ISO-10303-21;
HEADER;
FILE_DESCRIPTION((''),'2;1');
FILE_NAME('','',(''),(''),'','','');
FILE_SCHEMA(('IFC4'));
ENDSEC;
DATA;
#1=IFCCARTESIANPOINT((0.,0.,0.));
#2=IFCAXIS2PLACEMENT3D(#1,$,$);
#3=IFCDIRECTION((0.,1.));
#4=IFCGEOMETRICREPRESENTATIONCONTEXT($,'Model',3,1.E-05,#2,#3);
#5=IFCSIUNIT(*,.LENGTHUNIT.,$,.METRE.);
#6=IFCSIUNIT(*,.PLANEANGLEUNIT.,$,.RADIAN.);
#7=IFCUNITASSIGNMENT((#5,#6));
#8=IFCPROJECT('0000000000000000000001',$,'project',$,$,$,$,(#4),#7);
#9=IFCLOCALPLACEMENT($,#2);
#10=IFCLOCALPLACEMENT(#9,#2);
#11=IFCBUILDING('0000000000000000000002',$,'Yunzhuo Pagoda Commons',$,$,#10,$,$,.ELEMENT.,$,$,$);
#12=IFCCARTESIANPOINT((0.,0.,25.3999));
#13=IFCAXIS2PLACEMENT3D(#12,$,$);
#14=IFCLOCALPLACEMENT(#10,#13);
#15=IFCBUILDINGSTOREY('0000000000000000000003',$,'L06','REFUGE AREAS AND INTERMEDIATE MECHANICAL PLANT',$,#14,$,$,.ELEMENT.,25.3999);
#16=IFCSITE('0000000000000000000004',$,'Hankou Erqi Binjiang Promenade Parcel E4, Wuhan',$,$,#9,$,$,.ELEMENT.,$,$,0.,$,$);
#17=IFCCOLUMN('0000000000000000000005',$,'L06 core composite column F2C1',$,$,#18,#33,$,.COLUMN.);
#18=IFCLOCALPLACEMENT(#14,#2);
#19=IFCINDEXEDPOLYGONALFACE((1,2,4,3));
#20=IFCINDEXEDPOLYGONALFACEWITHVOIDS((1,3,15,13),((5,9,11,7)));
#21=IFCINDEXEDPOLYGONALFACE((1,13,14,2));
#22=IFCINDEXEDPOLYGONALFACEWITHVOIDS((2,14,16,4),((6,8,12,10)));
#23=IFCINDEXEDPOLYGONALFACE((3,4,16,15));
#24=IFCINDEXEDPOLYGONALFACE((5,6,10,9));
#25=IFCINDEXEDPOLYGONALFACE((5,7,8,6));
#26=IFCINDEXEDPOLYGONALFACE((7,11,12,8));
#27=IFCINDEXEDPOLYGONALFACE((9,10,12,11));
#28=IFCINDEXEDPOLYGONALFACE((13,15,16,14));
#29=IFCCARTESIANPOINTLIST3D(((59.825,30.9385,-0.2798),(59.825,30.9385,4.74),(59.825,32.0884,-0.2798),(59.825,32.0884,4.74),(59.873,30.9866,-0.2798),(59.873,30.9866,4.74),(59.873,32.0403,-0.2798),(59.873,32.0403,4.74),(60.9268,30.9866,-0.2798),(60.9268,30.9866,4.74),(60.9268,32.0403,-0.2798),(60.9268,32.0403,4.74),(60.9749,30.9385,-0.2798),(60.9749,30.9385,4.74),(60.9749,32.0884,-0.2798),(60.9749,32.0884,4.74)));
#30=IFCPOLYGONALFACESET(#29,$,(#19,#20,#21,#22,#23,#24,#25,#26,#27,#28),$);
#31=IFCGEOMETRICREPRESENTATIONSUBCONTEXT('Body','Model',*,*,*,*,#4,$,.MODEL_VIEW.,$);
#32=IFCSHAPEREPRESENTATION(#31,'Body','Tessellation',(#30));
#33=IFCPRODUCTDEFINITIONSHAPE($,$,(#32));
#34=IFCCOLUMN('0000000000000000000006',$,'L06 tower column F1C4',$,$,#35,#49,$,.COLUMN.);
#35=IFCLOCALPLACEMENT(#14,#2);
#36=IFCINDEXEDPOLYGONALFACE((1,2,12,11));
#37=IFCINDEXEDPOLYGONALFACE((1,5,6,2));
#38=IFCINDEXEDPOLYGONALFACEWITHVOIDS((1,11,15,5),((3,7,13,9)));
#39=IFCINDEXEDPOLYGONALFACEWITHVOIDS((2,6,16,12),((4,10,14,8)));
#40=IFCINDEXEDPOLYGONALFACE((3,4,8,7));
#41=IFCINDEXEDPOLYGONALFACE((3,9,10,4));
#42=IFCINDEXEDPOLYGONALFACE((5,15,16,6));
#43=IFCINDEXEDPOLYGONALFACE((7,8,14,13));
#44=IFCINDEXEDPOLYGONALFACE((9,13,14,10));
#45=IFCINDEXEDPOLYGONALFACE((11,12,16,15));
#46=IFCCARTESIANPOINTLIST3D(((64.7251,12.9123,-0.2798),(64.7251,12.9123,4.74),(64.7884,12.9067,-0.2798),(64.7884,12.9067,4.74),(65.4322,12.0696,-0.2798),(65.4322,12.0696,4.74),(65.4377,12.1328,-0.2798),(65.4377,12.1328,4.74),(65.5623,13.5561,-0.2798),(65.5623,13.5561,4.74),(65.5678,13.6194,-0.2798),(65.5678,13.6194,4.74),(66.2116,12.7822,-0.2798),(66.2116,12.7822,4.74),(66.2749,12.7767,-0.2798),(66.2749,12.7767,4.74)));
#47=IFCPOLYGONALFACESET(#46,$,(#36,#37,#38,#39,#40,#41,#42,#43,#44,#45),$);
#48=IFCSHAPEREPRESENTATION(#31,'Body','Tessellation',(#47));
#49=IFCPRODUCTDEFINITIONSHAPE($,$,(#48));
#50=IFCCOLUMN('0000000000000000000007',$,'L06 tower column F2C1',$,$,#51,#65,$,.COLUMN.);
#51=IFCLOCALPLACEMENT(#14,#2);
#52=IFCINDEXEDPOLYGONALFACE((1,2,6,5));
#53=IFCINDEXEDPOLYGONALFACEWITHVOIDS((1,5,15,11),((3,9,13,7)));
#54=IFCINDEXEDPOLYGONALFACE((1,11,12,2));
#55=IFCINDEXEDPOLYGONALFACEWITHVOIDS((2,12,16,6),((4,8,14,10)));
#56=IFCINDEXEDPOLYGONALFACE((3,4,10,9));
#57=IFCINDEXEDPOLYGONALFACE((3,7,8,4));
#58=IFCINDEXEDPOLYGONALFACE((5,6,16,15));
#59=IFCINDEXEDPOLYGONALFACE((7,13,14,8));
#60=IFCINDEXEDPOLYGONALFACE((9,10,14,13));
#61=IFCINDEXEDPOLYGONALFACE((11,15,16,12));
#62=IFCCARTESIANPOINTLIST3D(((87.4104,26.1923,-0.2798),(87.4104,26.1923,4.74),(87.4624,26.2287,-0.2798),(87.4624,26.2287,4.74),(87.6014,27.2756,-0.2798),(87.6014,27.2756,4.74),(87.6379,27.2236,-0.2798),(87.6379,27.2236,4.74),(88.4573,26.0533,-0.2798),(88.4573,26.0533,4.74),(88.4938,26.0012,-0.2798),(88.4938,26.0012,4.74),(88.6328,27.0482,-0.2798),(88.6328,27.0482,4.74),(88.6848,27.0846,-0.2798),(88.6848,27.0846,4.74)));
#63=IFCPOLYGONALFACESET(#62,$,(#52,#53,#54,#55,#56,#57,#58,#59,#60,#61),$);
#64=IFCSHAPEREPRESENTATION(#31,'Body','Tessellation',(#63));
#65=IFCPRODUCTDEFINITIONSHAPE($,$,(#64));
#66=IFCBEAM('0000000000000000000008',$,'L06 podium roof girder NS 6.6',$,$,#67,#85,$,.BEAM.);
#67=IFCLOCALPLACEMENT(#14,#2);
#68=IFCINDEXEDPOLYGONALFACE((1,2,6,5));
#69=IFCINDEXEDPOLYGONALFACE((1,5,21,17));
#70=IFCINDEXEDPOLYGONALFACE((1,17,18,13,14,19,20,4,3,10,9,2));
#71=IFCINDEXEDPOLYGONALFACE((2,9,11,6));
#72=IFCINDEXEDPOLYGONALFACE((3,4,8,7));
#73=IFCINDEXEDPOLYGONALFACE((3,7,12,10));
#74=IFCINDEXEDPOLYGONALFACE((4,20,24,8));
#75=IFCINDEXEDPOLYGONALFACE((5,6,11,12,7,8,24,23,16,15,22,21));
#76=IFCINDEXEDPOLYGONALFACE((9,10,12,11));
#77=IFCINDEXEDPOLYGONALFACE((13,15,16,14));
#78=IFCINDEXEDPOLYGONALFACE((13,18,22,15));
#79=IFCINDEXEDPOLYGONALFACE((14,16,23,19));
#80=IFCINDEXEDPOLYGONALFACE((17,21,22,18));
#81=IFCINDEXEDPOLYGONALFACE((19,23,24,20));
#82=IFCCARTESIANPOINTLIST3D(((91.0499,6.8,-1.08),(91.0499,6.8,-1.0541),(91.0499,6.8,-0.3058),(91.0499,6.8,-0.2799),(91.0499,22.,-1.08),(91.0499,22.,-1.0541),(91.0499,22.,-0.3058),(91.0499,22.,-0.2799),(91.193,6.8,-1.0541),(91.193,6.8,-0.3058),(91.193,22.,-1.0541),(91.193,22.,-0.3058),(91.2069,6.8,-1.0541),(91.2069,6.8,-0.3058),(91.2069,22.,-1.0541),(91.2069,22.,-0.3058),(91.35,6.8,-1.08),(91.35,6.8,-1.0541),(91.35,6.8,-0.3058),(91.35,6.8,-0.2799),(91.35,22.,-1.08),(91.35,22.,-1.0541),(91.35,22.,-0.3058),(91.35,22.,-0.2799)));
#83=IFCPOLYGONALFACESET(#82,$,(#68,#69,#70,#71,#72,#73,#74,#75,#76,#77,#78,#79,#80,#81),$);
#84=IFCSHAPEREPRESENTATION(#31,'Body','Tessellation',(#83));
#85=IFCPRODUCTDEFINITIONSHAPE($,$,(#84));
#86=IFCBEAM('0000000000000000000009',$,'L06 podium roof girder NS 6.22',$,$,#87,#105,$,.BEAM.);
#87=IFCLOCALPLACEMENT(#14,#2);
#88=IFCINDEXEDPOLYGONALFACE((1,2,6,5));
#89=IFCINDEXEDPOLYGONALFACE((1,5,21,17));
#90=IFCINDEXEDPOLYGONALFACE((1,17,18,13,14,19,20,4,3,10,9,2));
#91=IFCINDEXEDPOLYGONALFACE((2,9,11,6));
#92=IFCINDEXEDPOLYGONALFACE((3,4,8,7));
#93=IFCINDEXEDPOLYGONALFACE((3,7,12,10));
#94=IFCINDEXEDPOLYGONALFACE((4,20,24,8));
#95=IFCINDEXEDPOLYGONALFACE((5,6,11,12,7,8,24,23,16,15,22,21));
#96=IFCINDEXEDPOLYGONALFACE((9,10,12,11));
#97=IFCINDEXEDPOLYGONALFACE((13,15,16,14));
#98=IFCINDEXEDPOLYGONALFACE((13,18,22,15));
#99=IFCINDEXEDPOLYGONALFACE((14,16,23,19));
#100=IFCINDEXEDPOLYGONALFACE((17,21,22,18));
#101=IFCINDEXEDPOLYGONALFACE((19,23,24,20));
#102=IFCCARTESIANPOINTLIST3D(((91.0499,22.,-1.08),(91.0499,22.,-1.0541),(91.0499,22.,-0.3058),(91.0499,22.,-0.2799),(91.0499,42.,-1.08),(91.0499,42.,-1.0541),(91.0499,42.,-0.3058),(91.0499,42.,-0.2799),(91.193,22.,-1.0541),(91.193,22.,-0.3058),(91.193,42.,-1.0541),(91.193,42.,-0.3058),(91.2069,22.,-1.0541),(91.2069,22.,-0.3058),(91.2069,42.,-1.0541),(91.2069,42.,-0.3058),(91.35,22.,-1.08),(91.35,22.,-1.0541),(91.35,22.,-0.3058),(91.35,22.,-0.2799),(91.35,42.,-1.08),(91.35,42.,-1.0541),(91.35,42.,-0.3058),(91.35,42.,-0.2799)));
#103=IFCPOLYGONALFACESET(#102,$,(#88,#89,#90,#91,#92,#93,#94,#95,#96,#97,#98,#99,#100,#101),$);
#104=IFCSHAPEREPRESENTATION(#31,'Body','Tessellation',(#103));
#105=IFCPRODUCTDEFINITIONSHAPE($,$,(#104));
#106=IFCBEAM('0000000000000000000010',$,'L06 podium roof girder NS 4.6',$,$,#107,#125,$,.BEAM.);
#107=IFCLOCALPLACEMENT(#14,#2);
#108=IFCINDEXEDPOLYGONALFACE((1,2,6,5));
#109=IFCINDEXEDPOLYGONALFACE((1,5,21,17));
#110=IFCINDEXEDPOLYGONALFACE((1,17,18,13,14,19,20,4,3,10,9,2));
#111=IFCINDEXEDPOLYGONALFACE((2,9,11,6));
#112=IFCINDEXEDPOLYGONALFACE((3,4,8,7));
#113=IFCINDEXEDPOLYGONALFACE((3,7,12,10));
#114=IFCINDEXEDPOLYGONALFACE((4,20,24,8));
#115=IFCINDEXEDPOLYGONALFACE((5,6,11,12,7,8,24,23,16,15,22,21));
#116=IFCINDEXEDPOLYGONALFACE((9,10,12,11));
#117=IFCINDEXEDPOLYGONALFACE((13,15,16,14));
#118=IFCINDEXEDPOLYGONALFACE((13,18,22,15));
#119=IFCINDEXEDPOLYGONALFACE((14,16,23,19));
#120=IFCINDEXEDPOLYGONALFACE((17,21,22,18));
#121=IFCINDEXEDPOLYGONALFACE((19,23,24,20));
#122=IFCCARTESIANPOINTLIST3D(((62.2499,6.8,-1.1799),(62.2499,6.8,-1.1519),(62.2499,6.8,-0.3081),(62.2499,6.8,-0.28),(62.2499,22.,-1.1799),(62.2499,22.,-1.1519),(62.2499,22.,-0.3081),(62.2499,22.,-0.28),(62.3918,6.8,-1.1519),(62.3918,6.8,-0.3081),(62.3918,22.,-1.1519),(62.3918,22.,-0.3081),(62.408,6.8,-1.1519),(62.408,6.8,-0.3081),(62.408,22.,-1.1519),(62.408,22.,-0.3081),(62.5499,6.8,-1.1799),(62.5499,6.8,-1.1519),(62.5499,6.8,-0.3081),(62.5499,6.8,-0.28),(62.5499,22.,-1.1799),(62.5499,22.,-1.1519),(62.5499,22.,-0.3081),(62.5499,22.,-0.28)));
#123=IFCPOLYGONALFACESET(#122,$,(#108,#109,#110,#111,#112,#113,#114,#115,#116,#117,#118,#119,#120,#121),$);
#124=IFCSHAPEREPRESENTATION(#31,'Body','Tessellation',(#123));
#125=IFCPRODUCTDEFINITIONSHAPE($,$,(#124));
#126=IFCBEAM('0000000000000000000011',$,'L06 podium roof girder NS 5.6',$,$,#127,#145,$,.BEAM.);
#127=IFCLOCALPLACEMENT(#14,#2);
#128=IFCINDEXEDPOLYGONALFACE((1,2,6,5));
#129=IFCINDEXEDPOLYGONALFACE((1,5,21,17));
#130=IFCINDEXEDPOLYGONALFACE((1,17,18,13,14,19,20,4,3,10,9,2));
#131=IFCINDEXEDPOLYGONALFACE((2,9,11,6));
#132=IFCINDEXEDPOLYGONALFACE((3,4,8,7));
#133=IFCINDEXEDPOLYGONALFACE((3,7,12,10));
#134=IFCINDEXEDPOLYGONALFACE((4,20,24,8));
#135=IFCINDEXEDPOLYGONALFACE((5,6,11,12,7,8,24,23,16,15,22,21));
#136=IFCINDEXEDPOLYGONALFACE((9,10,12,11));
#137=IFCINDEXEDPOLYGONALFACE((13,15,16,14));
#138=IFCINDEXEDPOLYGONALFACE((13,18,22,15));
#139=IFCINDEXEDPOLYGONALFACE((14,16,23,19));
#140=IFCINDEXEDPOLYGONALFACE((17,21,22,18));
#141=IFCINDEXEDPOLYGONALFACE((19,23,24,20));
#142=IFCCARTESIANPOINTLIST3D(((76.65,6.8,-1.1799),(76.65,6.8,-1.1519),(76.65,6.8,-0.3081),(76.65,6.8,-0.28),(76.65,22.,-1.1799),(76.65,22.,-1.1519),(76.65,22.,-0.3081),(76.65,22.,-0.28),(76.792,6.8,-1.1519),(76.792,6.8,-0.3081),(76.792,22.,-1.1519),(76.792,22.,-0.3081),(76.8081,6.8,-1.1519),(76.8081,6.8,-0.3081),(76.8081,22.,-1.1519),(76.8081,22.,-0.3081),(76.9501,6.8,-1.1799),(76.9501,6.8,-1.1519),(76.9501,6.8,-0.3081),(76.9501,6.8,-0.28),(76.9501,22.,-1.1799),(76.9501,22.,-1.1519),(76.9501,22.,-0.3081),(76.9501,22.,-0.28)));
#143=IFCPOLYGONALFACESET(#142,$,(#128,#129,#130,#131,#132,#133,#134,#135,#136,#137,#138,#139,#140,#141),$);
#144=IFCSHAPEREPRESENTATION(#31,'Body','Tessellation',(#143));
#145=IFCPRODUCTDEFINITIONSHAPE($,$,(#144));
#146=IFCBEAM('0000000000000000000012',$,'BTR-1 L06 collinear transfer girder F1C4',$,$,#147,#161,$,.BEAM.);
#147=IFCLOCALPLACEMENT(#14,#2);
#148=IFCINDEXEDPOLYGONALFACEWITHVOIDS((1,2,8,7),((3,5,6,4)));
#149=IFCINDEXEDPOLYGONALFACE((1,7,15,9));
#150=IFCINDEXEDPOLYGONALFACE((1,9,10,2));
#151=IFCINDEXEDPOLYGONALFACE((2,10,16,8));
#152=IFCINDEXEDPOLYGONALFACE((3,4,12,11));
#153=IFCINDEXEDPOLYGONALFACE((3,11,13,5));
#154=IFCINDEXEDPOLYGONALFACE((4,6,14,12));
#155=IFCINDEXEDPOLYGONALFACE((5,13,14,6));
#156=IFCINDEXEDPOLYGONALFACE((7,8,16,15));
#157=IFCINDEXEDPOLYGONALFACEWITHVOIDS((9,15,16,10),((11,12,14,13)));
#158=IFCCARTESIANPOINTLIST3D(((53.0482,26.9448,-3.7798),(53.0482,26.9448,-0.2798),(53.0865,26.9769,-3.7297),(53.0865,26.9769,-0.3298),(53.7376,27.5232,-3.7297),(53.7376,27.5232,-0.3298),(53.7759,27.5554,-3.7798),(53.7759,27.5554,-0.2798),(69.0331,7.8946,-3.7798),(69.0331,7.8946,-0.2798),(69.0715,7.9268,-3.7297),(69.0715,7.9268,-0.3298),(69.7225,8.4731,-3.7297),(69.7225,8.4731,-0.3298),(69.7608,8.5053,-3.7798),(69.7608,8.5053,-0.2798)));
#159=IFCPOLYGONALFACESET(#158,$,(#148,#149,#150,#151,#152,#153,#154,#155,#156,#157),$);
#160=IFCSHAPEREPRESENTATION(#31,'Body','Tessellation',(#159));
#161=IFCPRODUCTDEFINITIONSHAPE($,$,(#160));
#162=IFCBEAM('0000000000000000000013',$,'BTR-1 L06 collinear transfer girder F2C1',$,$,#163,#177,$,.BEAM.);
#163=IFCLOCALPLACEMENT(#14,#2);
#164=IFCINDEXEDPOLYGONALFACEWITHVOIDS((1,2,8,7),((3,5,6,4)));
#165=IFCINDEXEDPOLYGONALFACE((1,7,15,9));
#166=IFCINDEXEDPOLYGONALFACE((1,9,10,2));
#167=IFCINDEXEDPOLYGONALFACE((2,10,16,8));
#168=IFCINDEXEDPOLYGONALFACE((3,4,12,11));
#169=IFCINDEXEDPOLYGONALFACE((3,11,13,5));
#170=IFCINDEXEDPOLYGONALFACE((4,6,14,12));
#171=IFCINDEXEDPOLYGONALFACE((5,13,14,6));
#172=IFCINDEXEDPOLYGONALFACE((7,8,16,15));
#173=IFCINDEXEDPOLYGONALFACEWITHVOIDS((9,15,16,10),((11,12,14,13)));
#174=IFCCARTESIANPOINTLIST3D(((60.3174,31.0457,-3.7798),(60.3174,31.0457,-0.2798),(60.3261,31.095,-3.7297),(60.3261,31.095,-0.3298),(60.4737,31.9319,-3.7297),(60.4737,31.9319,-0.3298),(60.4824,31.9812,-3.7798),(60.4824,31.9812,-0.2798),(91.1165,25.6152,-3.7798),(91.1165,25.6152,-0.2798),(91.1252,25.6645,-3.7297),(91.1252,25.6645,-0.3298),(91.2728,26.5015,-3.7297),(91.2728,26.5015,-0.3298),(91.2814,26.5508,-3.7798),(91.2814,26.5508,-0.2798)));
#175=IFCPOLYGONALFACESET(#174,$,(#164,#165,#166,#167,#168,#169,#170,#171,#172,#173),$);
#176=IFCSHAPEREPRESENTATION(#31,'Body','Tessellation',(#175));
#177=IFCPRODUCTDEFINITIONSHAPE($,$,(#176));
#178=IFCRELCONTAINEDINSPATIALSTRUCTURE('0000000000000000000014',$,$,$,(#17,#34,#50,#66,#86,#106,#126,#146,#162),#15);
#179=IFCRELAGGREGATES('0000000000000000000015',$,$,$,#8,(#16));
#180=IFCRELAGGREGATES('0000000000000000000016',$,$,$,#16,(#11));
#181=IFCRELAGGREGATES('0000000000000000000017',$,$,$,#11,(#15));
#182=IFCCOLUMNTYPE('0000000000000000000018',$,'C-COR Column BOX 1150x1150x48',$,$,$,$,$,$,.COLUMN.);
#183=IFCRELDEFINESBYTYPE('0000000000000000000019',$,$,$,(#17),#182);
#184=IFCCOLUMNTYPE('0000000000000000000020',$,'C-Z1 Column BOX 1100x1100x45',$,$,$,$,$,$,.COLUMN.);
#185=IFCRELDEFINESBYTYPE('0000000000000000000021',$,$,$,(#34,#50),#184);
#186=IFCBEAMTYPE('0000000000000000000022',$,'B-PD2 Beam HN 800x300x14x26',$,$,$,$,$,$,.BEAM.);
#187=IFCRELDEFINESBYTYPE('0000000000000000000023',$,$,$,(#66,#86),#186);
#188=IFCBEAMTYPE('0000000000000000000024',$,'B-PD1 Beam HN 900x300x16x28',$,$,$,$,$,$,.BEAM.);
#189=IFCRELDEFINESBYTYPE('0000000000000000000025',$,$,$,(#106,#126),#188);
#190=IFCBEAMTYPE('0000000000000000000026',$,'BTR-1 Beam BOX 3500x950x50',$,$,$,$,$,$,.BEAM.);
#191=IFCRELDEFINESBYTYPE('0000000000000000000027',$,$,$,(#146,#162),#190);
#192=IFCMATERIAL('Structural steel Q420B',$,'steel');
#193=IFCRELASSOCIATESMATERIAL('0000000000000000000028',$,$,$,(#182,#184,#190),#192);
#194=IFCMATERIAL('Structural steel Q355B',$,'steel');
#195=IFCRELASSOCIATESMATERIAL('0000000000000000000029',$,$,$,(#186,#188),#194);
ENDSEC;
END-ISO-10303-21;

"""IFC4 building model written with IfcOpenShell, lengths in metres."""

from ifc_helpers import new_model, si_unit, direction, frame, origin, origin_2d, place, context, subcontext, project, spatial, hollow_rectangle, i_section, extrude, source, transform, mapped, material, material_profile, profile_set, type_object, element, save


model = new_model("IFC4")

# Units and contexts
model_context = context("Model", 3, precision=1e-05, world=origin(), true_north=direction((0.0, 1.0)))
body_context = subcontext(model_context, "Body", "Model", "MODEL_VIEW")
ifc_project = project(units=[si_unit("LENGTHUNIT", "METRE"), si_unit("PLANEANGLEUNIT", "RADIAN")], contexts=[model_context])

# Site, building, storey
site_placement = place(None, origin())
site = spatial("IfcSite", under=ifc_project, at=site_placement, Name="Hankou Erqi Binjiang Promenade Parcel E4, Wuhan", CompositionType="ELEMENT", RefElevation=0.0)
building_placement = place(site_placement, origin())
building = spatial("IfcBuilding", under=site, at=building_placement, Name="Yunzhuo Pagoda Commons", CompositionType="ELEMENT")
storey_placement = place(building_placement, frame((0.0, 0.0, 25.3999)))
storey = spatial("IfcBuildingStorey", under=building, at=storey_placement, Name="L06", Description="REFUGE AREAS AND INTERMEDIATE MECHANICAL PLANT", CompositionType="ELEMENT", Elevation=25.3999)

# Columns
ifc_material_1 = material(Name="Structural steel Q420B", Category="steel")
ifc_material_profile_1 = material_profile(ifc_material_1, hollow_rectangle(XDim=1.1499, YDim=1.1499, WallThickness=0.0481, at=origin_2d()), Name="Structural steel Q420B")
ifc_profile_set_1 = profile_set([ifc_material_profile_1], Name="Structural steel Q420B")
column_type_1 = type_object("IfcColumnType", Name="C-COR Column BOX 1150x1150x48", PredefinedType="COLUMN", material=ifc_profile_set_1)
shared_shape_1 = source(origin(), body_context, "Body", "SweptSolid", [
    extrude(hollow_rectangle(XDim=1.1499, YDim=1.1499, WallThickness=0.0481, at=origin_2d()), origin(), (0.0, 0.0, 1.0), 5.0198),
])
column_placement = place(storey_placement, frame((60.3999, 31.5134, -0.2798), z_axis=(0.0, 0.0, 1.0), x_axis=(1.0, 0.0, 0.0)))
element("IfcColumn", 1, at=column_placement, inside=storey, type_object=column_type_1, Name="L06 core composite column F2C1", PredefinedType="COLUMN", context=body_context, shape_type="MappedRepresentation", body=[
    mapped(shared_shape_1, transform((0.0, 0.0, 0.0), scale=1.0)),
])
ifc_material_profile_2 = material_profile(ifc_material_1, hollow_rectangle(XDim=1.1001, YDim=1.1001, WallThickness=0.0449, at=origin_2d()), Name="Structural steel Q420B")
ifc_profile_set_2 = profile_set([ifc_material_profile_2], Name="Structural steel Q420B")
column_type_2 = type_object("IfcColumnType", Name="C-Z1 Column BOX 1100x1100x45", PredefinedType="COLUMN", material=ifc_profile_set_2)
shared_shape_2 = source(origin(), body_context, "Body", "SweptSolid", [
    extrude(hollow_rectangle(XDim=1.1001, YDim=1.1001, WallThickness=0.0449, at=origin_2d()), origin(), (0.0, 0.0, 1.0), 5.0198),
])
for number, where, z_axis, x_axis, name in (
    (2, (65.5, 12.8445, -0.2798), (0.0, 0.0, 1.0), (0.766044, 0.642788, 0.0), "L06 tower column F1C4"),
    (3, (88.0476, 26.6384, -0.2798), (0.0, 0.0, 1.0), (0.173648, 0.984808, 0.0), "L06 tower column F2C1"),
):
    element("IfcColumn", number, at=place(storey_placement, frame(where, z_axis=z_axis, x_axis=x_axis)), inside=storey, type_object=column_type_2, Name=name, PredefinedType="COLUMN", context=body_context, shape_type="MappedRepresentation", body=[
        mapped(shared_shape_2, transform((0.0, 0.0, 0.0), scale=1.0)),
    ])

# Beams
ifc_material_2 = material(Name="Structural steel Q355B", Category="steel")
ifc_material_profile_3 = material_profile(ifc_material_2, i_section(OverallWidth=0.3, OverallDepth=0.8, WebThickness=0.0139, FlangeThickness=0.0259, at=origin_2d()), Name="Structural steel Q355B")
ifc_profile_set_3 = profile_set([ifc_material_profile_3], Name="Structural steel Q355B")
beam_type_1 = type_object("IfcBeamType", Name="B-PD2 Beam HN 800x300x14x26", PredefinedType="BEAM", material=ifc_profile_set_3)
shared_shape_3 = source(origin(), body_context, "Body", "SweptSolid", [
    extrude(i_section(OverallWidth=0.3, OverallDepth=0.8, WebThickness=0.0139, FlangeThickness=0.0259, at=origin_2d()), origin(), (0.0, 0.0, 1.0), 15.2),
])
beam_1_placement = place(storey_placement, frame((91.2, 6.8, -0.6799), z_axis=(0.0, 1.0, 0.0), x_axis=(-1.0, 0.0, 0.0)))
element("IfcBeam", 4, at=beam_1_placement, inside=storey, type_object=beam_type_1, Name="L06 podium roof girder NS 6.6", PredefinedType="BEAM", context=body_context, shape_type="MappedRepresentation", body=[
    mapped(shared_shape_3, transform((0.0, 0.0, 0.0), scale=1.0)),
])
shared_shape_4 = source(origin(), body_context, "Body", "SweptSolid", [
    extrude(i_section(OverallWidth=0.3, OverallDepth=0.8, WebThickness=0.0139, FlangeThickness=0.0259, at=origin_2d()), origin(), (0.0, 0.0, 1.0), 20.0),
])
beam_2_placement = place(storey_placement, frame((91.2, 22.0, -0.6799), z_axis=(0.0, 1.0, 0.0), x_axis=(-1.0, 0.0, 0.0)))
element("IfcBeam", 5, at=beam_2_placement, inside=storey, type_object=beam_type_1, Name="L06 podium roof girder NS 6.22", PredefinedType="BEAM", context=body_context, shape_type="MappedRepresentation", body=[
    mapped(shared_shape_4, transform((0.0, 0.0, 0.0), scale=1.0)),
])
ifc_material_profile_4 = material_profile(ifc_material_2, i_section(OverallWidth=0.3, OverallDepth=0.8999, WebThickness=0.0161, FlangeThickness=0.0281, at=origin_2d()), Name="Structural steel Q355B")
ifc_profile_set_4 = profile_set([ifc_material_profile_4], Name="Structural steel Q355B")
beam_type_2 = type_object("IfcBeamType", Name="B-PD1 Beam HN 900x300x16x28", PredefinedType="BEAM", material=ifc_profile_set_4)
shared_shape_5 = source(origin(), body_context, "Body", "SweptSolid", [
    extrude(i_section(OverallWidth=0.3, OverallDepth=0.8999, WebThickness=0.0161, FlangeThickness=0.0281, at=origin_2d()), origin(), (0.0, 0.0, 1.0), 15.2),
])
for number, where, z_axis, x_axis, name in (
    (6, (62.3999, 6.8, -0.73), (0.0, 1.0, 0.0), (-1.0, 0.0, 0.0), "L06 podium roof girder NS 4.6"),
    (7, (76.8, 6.8, -0.73), (0.0, 1.0, 0.0), (-1.0, 0.0, 0.0), "L06 podium roof girder NS 5.6"),
):
    element("IfcBeam", number, at=place(storey_placement, frame(where, z_axis=z_axis, x_axis=x_axis)), inside=storey, type_object=beam_type_2, Name=name, PredefinedType="BEAM", context=body_context, shape_type="MappedRepresentation", body=[
        mapped(shared_shape_5, transform((0.0, 0.0, 0.0), scale=1.0)),
    ])
ifc_material_profile_5 = material_profile(ifc_material_1, hollow_rectangle(XDim=0.95, YDim=3.5, WallThickness=0.05, at=origin_2d()), Name="Structural steel Q420B")
ifc_profile_set_5 = profile_set([ifc_material_profile_5], Name="Structural steel Q420B")
beam_type_3 = type_object("IfcBeamType", Name="BTR-1 Beam BOX 3500x950x50", PredefinedType="BEAM", material=ifc_profile_set_5)
shared_shape_6 = source(origin(), body_context, "Body", "SweptSolid", [
    extrude(hollow_rectangle(XDim=0.95, YDim=3.5, WallThickness=0.05, at=origin_2d()), origin(), (0.0, 0.0, 1.0), 24.8682),
])
beam_3_placement = place(storey_placement, frame((69.397, 8.2, -2.0298), z_axis=(-0.642787, 0.766045, 0.0), x_axis=(-0.766045, -0.642787, 0.0)))
element("IfcBeam", 8, at=beam_3_placement, inside=storey, type_object=beam_type_3, Name="BTR-1 L06 collinear transfer girder F1C4", PredefinedType="BEAM", context=body_context, shape_type="MappedRepresentation", body=[
    mapped(shared_shape_6, transform((0.0, 0.0, 0.0), scale=1.0)),
])
shared_shape_7 = source(origin(), body_context, "Body", "SweptSolid", [
    extrude(hollow_rectangle(XDim=0.95, YDim=3.5, WallThickness=0.05, at=origin_2d()), origin(), (0.0, 0.0, 1.0), 31.2742),
])
beam_4_placement = place(storey_placement, frame((91.199, 26.083, -2.0298), z_axis=(-0.984809, 0.173639, 0.0), x_axis=(-0.173639, -0.984809, 0.0)))
element("IfcBeam", 9, at=beam_4_placement, inside=storey, type_object=beam_type_3, Name="BTR-1 L06 collinear transfer girder F2C1", PredefinedType="BEAM", context=body_context, shape_type="MappedRepresentation", body=[
    mapped(shared_shape_7, transform((0.0, 0.0, 0.0), scale=1.0)),
])

save(model, "model.ifc")
